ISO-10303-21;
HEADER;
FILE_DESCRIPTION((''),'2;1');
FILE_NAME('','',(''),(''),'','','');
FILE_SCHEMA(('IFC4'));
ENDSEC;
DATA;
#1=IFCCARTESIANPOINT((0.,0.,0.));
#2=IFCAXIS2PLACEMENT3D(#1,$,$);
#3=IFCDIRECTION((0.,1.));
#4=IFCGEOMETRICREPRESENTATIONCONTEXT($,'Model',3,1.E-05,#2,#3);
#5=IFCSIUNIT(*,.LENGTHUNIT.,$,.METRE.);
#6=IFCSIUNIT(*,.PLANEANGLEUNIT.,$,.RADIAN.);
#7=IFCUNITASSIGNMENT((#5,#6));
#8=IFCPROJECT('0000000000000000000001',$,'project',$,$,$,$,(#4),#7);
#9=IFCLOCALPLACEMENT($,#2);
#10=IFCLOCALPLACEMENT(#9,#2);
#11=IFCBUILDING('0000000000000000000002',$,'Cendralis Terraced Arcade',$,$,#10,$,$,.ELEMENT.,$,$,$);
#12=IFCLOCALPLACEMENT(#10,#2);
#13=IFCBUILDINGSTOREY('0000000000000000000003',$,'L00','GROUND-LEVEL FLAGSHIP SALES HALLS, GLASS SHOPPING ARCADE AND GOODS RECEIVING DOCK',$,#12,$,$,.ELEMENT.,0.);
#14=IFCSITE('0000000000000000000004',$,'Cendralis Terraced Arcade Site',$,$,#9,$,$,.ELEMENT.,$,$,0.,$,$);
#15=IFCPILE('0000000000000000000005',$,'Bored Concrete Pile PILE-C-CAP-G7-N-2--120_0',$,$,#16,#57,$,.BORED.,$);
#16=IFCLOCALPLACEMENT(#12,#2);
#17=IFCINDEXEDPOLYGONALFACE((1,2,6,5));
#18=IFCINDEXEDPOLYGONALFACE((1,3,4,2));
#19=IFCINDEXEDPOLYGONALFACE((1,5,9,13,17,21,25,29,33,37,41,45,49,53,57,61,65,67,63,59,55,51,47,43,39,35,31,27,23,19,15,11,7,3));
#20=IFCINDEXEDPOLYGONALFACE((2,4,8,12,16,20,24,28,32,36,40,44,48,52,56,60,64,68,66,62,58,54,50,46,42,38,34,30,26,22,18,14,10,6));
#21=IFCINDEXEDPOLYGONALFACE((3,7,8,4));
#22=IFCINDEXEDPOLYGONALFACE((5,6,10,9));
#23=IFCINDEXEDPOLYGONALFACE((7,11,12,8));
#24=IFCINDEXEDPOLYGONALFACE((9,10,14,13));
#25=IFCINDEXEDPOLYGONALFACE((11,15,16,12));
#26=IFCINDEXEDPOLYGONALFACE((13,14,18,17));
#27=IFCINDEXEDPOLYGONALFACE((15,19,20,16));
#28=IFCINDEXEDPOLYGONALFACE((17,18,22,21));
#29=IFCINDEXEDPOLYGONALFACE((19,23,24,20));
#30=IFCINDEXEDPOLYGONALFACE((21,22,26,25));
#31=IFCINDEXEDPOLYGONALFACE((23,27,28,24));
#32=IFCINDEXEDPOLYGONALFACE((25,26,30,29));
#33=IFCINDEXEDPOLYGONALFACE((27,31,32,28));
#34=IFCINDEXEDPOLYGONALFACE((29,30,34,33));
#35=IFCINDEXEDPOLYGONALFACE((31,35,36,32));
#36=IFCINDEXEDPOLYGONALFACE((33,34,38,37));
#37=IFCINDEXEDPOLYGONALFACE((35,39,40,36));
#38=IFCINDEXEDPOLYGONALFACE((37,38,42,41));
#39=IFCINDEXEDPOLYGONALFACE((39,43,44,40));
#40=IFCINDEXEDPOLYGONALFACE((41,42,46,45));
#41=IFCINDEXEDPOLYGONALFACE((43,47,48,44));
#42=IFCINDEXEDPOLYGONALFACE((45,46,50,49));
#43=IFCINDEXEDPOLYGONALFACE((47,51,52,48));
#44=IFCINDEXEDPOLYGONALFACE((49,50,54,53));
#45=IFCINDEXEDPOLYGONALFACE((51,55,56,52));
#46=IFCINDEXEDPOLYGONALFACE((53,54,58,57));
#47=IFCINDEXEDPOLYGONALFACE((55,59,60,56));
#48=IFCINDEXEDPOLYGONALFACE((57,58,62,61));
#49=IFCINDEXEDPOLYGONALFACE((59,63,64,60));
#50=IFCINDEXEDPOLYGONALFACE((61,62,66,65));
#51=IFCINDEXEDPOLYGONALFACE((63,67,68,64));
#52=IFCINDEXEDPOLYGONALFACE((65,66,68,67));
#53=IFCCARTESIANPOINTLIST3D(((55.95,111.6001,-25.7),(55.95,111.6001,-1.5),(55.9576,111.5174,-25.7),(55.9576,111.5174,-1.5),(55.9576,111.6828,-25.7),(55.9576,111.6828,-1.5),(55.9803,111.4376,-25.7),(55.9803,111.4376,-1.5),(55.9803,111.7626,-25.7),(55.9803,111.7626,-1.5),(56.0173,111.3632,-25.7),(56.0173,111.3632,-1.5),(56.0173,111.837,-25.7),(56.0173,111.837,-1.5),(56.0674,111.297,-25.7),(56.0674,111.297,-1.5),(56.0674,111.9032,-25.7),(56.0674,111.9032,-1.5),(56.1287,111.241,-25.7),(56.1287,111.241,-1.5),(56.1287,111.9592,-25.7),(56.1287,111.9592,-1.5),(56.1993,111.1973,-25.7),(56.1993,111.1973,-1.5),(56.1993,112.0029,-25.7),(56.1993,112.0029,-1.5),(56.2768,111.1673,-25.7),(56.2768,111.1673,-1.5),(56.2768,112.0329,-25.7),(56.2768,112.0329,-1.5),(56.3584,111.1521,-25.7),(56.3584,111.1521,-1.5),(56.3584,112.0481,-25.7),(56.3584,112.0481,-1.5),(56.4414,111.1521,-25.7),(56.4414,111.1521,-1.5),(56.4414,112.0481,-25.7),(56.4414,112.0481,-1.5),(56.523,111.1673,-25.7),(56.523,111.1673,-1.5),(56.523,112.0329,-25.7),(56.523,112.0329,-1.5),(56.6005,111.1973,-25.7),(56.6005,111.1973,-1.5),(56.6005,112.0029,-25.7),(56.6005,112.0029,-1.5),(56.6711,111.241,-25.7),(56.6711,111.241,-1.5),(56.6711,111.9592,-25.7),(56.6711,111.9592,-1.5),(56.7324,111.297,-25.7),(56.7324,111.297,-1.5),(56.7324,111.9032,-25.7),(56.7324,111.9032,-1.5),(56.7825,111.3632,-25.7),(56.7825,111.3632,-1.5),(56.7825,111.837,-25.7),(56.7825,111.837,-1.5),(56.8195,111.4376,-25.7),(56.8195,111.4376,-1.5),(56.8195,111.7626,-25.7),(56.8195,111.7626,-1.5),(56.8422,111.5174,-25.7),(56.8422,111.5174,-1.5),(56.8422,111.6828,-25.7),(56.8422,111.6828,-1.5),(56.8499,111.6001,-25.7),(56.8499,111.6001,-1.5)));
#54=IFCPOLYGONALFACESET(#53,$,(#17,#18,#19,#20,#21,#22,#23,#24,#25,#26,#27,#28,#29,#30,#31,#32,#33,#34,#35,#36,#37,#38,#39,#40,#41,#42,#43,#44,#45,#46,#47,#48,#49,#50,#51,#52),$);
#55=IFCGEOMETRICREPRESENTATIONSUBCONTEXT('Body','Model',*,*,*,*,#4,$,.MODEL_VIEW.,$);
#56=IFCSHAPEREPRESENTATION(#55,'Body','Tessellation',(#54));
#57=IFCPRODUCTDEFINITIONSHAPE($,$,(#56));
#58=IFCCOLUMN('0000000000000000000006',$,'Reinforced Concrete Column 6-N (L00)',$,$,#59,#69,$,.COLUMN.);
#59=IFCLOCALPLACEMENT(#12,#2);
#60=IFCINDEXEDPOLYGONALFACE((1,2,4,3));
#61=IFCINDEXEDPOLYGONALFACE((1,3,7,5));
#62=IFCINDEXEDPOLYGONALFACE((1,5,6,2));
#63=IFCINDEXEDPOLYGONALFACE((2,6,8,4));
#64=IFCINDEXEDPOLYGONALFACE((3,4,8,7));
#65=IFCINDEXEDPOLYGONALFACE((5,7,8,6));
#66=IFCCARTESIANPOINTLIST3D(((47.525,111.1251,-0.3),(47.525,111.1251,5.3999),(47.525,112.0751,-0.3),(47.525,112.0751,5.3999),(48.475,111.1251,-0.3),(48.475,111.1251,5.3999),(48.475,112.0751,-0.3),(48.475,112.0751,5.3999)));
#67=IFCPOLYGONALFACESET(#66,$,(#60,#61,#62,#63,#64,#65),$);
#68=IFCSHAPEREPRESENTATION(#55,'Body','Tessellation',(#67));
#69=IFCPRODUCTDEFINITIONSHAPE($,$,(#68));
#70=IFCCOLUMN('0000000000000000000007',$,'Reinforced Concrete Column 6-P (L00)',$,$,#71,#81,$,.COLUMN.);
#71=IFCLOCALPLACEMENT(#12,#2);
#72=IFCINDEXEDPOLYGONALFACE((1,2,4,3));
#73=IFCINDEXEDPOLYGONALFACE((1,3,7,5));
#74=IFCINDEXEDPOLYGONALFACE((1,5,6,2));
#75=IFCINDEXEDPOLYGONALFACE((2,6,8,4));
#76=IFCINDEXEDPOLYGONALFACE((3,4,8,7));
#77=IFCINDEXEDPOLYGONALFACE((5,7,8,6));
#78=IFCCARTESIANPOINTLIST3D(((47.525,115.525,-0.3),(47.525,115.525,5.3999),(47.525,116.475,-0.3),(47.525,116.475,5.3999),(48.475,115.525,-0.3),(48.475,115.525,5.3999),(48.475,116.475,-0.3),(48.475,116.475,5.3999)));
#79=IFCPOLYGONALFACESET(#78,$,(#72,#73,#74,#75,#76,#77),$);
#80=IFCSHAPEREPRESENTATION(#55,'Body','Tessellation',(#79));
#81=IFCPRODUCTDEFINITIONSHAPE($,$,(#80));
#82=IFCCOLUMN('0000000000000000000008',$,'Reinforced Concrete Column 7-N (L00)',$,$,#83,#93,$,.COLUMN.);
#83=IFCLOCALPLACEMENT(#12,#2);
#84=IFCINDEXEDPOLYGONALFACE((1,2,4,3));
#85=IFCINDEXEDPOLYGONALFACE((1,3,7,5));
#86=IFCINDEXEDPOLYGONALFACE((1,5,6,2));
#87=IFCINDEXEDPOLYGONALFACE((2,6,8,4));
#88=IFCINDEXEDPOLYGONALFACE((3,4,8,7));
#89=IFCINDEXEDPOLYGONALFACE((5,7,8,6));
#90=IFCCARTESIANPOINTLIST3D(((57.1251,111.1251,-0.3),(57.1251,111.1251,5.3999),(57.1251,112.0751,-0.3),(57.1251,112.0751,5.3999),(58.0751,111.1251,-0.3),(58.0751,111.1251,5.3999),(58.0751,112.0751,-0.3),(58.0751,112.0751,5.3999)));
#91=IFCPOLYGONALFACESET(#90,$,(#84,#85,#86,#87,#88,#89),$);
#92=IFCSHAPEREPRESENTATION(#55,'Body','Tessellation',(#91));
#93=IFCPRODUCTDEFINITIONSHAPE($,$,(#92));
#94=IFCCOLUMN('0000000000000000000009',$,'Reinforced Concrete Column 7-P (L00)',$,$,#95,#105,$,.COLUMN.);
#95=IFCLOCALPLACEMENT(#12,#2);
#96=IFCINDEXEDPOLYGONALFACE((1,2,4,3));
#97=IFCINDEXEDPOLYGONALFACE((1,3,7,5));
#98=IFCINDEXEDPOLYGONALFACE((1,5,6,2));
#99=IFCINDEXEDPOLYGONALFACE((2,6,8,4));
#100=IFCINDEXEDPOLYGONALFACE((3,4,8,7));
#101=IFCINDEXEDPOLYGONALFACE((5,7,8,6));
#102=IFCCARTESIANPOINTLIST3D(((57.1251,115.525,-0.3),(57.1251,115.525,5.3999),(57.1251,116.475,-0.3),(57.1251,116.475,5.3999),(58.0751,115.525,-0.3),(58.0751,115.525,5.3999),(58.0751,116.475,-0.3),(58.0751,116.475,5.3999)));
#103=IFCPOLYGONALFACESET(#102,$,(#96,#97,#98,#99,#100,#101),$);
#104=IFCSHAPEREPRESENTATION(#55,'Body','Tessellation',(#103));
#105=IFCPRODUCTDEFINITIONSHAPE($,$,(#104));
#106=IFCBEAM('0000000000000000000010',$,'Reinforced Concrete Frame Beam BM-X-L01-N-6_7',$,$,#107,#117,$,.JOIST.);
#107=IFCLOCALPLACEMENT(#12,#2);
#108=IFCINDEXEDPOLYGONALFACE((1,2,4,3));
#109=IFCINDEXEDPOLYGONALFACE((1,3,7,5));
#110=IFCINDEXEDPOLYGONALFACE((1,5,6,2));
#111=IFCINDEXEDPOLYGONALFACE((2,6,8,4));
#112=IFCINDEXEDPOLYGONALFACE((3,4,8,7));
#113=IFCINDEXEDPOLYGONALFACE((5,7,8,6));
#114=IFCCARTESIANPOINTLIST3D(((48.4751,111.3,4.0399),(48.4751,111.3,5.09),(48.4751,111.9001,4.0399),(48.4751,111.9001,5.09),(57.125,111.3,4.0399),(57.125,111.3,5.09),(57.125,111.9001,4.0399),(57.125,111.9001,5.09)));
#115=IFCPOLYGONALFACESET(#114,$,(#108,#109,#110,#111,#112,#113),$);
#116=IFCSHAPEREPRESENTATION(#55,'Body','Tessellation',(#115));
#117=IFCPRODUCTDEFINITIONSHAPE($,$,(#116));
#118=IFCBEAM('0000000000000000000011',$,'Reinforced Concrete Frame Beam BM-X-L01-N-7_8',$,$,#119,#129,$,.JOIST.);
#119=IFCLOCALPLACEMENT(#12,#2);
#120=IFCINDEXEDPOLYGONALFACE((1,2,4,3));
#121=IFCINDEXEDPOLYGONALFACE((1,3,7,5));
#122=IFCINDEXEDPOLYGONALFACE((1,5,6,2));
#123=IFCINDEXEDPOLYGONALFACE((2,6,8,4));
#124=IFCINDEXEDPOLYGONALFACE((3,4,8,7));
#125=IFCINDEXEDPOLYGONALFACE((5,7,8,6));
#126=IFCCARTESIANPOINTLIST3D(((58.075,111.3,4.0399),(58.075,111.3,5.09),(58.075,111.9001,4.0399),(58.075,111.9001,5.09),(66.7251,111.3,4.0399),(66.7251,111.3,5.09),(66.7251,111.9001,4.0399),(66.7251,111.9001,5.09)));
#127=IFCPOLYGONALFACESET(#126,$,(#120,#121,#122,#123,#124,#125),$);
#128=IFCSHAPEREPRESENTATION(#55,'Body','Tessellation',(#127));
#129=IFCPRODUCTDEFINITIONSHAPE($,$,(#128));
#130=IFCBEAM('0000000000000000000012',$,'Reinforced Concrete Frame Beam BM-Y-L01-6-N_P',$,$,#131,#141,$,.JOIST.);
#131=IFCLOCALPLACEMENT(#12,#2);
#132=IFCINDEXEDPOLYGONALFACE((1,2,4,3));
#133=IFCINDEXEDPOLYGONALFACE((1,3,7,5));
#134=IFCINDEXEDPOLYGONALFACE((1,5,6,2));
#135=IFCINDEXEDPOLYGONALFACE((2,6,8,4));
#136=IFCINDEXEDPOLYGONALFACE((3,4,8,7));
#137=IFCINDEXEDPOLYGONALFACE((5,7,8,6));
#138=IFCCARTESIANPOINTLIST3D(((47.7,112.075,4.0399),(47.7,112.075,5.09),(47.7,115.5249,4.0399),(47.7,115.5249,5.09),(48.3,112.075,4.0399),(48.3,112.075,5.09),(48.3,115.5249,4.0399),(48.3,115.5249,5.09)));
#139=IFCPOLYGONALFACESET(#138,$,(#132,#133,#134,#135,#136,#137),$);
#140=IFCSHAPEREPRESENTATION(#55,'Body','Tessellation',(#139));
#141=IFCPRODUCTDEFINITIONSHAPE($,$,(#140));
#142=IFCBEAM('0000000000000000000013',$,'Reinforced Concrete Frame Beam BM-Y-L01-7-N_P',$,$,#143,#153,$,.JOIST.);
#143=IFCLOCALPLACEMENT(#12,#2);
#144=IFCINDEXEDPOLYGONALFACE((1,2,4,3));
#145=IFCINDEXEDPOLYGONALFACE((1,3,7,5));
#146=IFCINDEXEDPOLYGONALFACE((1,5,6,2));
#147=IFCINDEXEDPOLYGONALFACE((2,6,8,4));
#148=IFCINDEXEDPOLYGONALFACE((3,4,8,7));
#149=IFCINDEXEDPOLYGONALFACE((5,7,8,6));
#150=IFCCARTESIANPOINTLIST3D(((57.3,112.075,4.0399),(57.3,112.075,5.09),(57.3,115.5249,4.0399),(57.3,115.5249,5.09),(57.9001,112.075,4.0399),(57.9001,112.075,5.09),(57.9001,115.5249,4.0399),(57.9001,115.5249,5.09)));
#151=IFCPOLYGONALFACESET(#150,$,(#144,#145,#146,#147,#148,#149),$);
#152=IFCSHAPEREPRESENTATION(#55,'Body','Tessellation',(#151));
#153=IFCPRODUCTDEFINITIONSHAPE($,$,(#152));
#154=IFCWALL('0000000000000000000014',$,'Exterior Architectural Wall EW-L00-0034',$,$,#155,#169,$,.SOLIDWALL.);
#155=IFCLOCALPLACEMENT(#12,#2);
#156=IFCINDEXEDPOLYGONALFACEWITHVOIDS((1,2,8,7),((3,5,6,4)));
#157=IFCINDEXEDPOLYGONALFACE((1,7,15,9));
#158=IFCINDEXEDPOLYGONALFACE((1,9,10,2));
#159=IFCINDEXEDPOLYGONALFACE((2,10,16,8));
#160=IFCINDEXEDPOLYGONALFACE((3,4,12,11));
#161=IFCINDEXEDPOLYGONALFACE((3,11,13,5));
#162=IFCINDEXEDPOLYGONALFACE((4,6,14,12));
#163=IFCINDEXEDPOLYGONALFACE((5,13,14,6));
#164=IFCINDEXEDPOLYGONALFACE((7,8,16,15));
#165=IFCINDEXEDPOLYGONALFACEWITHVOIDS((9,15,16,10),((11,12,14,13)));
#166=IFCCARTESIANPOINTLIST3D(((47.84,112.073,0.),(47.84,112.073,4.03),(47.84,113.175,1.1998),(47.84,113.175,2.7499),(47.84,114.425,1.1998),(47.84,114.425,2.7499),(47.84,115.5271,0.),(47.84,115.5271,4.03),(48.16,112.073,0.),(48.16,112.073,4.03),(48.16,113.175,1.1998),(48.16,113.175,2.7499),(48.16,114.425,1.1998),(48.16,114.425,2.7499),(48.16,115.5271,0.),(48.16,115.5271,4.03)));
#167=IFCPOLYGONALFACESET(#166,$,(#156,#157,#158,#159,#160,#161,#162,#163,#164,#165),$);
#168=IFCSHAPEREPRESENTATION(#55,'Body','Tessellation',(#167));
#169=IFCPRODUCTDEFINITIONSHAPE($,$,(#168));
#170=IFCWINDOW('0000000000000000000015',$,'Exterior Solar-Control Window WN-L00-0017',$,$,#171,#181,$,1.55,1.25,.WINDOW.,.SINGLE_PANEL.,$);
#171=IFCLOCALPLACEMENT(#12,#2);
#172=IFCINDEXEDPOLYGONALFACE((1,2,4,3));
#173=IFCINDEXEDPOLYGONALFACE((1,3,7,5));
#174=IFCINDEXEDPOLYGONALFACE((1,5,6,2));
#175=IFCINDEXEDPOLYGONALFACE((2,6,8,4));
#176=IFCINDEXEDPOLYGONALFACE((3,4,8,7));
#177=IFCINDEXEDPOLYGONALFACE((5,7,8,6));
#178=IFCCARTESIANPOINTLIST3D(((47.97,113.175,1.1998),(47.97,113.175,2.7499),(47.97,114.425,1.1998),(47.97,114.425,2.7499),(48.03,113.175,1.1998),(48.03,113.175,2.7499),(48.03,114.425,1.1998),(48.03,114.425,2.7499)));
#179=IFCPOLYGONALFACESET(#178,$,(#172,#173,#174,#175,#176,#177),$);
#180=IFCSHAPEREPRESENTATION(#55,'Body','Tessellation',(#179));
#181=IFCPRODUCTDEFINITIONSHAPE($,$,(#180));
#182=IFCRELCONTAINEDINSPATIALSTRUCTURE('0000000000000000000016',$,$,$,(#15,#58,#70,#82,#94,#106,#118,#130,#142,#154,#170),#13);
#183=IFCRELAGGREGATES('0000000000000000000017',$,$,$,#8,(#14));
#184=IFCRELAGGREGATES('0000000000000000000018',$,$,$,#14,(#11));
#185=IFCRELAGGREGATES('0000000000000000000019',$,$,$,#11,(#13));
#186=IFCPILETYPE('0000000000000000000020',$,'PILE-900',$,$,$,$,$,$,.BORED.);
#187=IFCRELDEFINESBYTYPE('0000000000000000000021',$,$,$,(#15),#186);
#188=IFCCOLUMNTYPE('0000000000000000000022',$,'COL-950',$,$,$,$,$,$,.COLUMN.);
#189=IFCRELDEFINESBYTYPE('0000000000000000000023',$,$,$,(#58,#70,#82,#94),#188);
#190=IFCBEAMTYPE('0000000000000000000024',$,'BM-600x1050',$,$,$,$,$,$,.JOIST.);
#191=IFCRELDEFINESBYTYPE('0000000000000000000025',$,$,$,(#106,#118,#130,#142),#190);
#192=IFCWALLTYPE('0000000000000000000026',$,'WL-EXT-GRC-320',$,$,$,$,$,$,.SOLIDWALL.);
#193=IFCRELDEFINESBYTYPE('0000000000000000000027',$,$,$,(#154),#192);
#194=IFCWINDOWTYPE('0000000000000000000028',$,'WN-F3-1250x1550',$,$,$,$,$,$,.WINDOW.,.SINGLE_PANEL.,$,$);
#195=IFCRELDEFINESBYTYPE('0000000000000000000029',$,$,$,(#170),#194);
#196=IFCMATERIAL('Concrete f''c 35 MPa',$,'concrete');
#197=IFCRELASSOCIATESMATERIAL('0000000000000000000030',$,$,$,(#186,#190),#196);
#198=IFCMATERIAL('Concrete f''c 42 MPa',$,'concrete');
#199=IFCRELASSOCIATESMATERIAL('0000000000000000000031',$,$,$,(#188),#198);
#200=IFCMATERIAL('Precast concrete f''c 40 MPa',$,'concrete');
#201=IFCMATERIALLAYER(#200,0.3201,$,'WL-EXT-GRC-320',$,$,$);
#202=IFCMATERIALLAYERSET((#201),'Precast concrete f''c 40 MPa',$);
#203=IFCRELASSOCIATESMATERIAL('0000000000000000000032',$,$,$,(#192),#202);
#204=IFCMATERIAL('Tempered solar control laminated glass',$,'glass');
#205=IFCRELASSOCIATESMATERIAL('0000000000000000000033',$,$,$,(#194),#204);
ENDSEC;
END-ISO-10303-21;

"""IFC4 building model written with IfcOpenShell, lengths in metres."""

from ifc_helpers import new_model, si_unit, direction, frame, frame_2d, origin, origin_2d, place, context, subcontext, project, spatial, rectangle, circle, extrude, material, layer, layer_set, material_profile, profile_set, type_object, element, fill, save


model = new_model("IFC4")

# Units and contexts
model_context = context("Model", 3, precision=1e-05, world=origin(), true_north=direction((0.0, 1.0)))
body_context = subcontext(model_context, "Body", "Model", "MODEL_VIEW")
ifc_project = project(units=[si_unit("LENGTHUNIT", "METRE"), si_unit("PLANEANGLEUNIT", "RADIAN")], contexts=[model_context])

# Site, building, storey
site_placement = place(None, origin())
site = spatial("IfcSite", under=ifc_project, at=site_placement, Name="Cendralis Terraced Arcade Site", CompositionType="ELEMENT", RefElevation=0.0)
building_placement = place(site_placement, origin())
building = spatial("IfcBuilding", under=site, at=building_placement, Name="Cendralis Terraced Arcade", CompositionType="ELEMENT")
storey_placement = place(building_placement, origin())
storey = spatial("IfcBuildingStorey", under=building, at=storey_placement, Name="L00", Description="GROUND-LEVEL FLAGSHIP SALES HALLS, GLASS SHOPPING ARCADE AND GOODS RECEIVING DOCK", CompositionType="ELEMENT", Elevation=0.0)

# Shared definitions
ifc_material_1 = material(Name="Concrete f'c 35 MPa", Category="concrete")

# Pile
ifc_material_profile_1 = material_profile(ifc_material_1, circle(Radius=0.45, at=origin_2d()), Name="PILE-D900", Category="LoadBearing")
ifc_profile_set_1 = profile_set([ifc_material_profile_1], Name="Concrete f'c 35 MPa")
pile_type_1 = type_object("IfcPileType", Name="PILE-900", PredefinedType="BORED", material=ifc_profile_set_1)
for number, where, z_axis, x_axis, name in (
    (1, (56.3999, 111.6001, -1.5), (0.0, 0.0, -1.0), (1.0, 0.0, 0.0), "Bored Concrete Pile PILE-C-CAP-G7-N-2--120_0"),
):
    element("IfcPile", number, at=place(storey_placement, frame(where, z_axis=z_axis, x_axis=x_axis)), inside=storey, type_object=pile_type_1, Name=name, PredefinedType="BORED", context=body_context, shape_type="SweptSolid", body=[
        extrude(circle(Radius=0.45, at=origin_2d()), origin(), (0.0, 0.0, 1.0), 24.2),
    ])

# Columns
ifc_material_2 = material(Name="Concrete f'c 42 MPa", Category="concrete")
ifc_material_profile_2 = material_profile(ifc_material_2, rectangle(XDim=0.95, YDim=0.95, at=origin_2d()), Name="RC-COL-950x950", Category="LoadBearing")
ifc_profile_set_2 = profile_set([ifc_material_profile_2], Name="Concrete f'c 42 MPa")
column_type = type_object("IfcColumnType", Name="COL-950", PredefinedType="COLUMN", material=ifc_profile_set_2)
for number, where, z_axis, x_axis, name in (
    (2, (48.0, 111.6001, -0.3), (0.0, 0.0, 1.0), (1.0, 0.0, 0.0), "Reinforced Concrete Column 6-N (L00)"),
    (3, (48.0, 116.0, -0.3), (0.0, 0.0, 1.0), (1.0, 0.0, 0.0), "Reinforced Concrete Column 6-P (L00)"),
    (4, (57.6001, 111.6001, -0.3), (0.0, 0.0, 1.0), (1.0, 0.0, 0.0), "Reinforced Concrete Column 7-N (L00)"),
    (5, (57.6001, 116.0, -0.3), (0.0, 0.0, 1.0), (1.0, 0.0, 0.0), "Reinforced Concrete Column 7-P (L00)"),
):
    element("IfcColumn", number, at=place(storey_placement, frame(where, z_axis=z_axis, x_axis=x_axis)), inside=storey, type_object=column_type, Name=name, PredefinedType="COLUMN", context=body_context, shape_type="SweptSolid", body=[
        extrude(rectangle(XDim=0.95, YDim=0.95, at=origin_2d()), origin(), (0.0, 0.0, 1.0), 5.7),
    ])

# Beams
ifc_material_profile_3 = material_profile(ifc_material_1, rectangle(XDim=0.6001, YDim=1.05, at=origin_2d()), Name="RC-BM-600x1050", Category="LoadBearing")
ifc_profile_set_3 = profile_set([ifc_material_profile_3], Name="Concrete f'c 35 MPa")
beam_type = type_object("IfcBeamType", Name="BM-600x1050", PredefinedType="JOIST", material=ifc_profile_set_3)
beam_1_placement = place(storey_placement, frame((48.4751, 111.6001, 4.5649), z_axis=(1.0, 0.0, 0.0), x_axis=(0.0, 1.0, 0.0)))
element("IfcBeam", 6, at=beam_1_placement, inside=storey, type_object=beam_type, Name="Reinforced Concrete Frame Beam BM-X-L01-N-6_7", PredefinedType="JOIST", context=body_context, shape_type="SweptSolid", body=[
    extrude(rectangle(XDim=0.6001, YDim=1.05, at=origin_2d()), origin(), (0.0, 0.0, 1.0), 8.6499),
])
beam_2_placement = place(storey_placement, frame((58.075, 111.6001, 4.5649), z_axis=(1.0, 0.0, 0.0), x_axis=(0.0, 1.0, 0.0)))
element("IfcBeam", 7, at=beam_2_placement, inside=storey, type_object=beam_type, Name="Reinforced Concrete Frame Beam BM-X-L01-N-7_8", PredefinedType="JOIST", context=body_context, shape_type="SweptSolid", body=[
    extrude(rectangle(XDim=0.6001, YDim=1.05, at=origin_2d()), origin(), (0.0, 0.0, 1.0), 8.6501),
])
for number, where, z_axis, x_axis, name in (
    (8, (48.0, 112.075, 4.5649), (0.0, 1.0, 0.0), (-1.0, 0.0, 0.0), "Reinforced Concrete Frame Beam BM-Y-L01-6-N_P"),
    (9, (57.6001, 112.075, 4.5649), (0.0, 1.0, 0.0), (-1.0, 0.0, 0.0), "Reinforced Concrete Frame Beam BM-Y-L01-7-N_P"),
):
    element("IfcBeam", number, at=place(storey_placement, frame(where, z_axis=z_axis, x_axis=x_axis)), inside=storey, type_object=beam_type, Name=name, PredefinedType="JOIST", context=body_context, shape_type="SweptSolid", body=[
        extrude(rectangle(XDim=0.6001, YDim=1.05, at=origin_2d()), origin(), (0.0, 0.0, 1.0), 3.45),
    ])

# Wall, opening, window
ifc_material_3 = material(Name="Precast concrete f'c 40 MPa", Category="concrete")
ifc_layer_1 = layer(ifc_material_3, 0.3201, Name="WL-EXT-GRC-320")
ifc_layer_set_1 = layer_set([ifc_layer_1], Name="Precast concrete f'c 40 MPa")
wall_type = type_object("IfcWallType", Name="WL-EXT-GRC-320", PredefinedType="SOLIDWALL", material=ifc_layer_set_1)
wall_1_placement = place(storey_placement, frame((48.0, 112.073, 0.0), z_axis=(0.0, 0.0, 1.0), x_axis=(0.0, 1.0, 0.0)))
wall_1 = element("IfcWall", 10, at=wall_1_placement, inside=storey, type_object=wall_type, Name="Exterior Architectural Wall EW-L00-0034", PredefinedType="SOLIDWALL", context=body_context, shape_type="SweptSolid", body=[
    extrude(rectangle(XDim=3.4541, YDim=0.3201, at=frame_2d((1.7271, 0.0))), origin(), (0.0, 0.0, 1.0), 4.03),
])
opening_1_placement = place(wall_1_placement, frame((1.1021, 0.0, 1.2)))
opening_1 = element("IfcOpeningElement", 11, at=opening_1_placement, cuts=wall_1, PredefinedType="OPENING", context=body_context, shape_type="SweptSolid", body=[
    extrude(rectangle(XDim=1.25, YDim=1.55, at=frame_2d((0.625, 0.7749))), frame((0.0, 0.1719, 0.0), z_axis=(0.0, -1.0, 0.0), x_axis=(1.0, 0.0, 0.0)), (0.0, 0.0, 1.0), 0.344),
])
ifc_material_4 = material(Name="Tempered solar control laminated glass", Category="glass")
window_type_1 = type_object("IfcWindowType", Name="WN-F3-1250x1550", PartitioningType="SINGLE_PANEL", PredefinedType="WINDOW", material=ifc_material_4)
window_1_placement = place(opening_1_placement, origin())
window_1 = element("IfcWindow", 12, at=window_1_placement, inside=storey, type_object=window_type_1, Name="Exterior Solar-Control Window WN-L00-0017", OverallHeight=1.55, OverallWidth=1.25, PartitioningType="SINGLE_PANEL", PredefinedType="WINDOW", context=body_context, shape_type="SweptSolid", body=[
    extrude(rectangle(XDim=1.25, YDim=1.55, at=frame_2d((0.625, 0.7749))), frame((0.0, 0.03, 0.0), z_axis=(0.0, -1.0, 0.0), x_axis=(1.0, 0.0, 0.0)), (0.0, 0.0, 1.0), 0.0601),
])
fill(opening_1, window_1)

save(model, "model.ifc")
